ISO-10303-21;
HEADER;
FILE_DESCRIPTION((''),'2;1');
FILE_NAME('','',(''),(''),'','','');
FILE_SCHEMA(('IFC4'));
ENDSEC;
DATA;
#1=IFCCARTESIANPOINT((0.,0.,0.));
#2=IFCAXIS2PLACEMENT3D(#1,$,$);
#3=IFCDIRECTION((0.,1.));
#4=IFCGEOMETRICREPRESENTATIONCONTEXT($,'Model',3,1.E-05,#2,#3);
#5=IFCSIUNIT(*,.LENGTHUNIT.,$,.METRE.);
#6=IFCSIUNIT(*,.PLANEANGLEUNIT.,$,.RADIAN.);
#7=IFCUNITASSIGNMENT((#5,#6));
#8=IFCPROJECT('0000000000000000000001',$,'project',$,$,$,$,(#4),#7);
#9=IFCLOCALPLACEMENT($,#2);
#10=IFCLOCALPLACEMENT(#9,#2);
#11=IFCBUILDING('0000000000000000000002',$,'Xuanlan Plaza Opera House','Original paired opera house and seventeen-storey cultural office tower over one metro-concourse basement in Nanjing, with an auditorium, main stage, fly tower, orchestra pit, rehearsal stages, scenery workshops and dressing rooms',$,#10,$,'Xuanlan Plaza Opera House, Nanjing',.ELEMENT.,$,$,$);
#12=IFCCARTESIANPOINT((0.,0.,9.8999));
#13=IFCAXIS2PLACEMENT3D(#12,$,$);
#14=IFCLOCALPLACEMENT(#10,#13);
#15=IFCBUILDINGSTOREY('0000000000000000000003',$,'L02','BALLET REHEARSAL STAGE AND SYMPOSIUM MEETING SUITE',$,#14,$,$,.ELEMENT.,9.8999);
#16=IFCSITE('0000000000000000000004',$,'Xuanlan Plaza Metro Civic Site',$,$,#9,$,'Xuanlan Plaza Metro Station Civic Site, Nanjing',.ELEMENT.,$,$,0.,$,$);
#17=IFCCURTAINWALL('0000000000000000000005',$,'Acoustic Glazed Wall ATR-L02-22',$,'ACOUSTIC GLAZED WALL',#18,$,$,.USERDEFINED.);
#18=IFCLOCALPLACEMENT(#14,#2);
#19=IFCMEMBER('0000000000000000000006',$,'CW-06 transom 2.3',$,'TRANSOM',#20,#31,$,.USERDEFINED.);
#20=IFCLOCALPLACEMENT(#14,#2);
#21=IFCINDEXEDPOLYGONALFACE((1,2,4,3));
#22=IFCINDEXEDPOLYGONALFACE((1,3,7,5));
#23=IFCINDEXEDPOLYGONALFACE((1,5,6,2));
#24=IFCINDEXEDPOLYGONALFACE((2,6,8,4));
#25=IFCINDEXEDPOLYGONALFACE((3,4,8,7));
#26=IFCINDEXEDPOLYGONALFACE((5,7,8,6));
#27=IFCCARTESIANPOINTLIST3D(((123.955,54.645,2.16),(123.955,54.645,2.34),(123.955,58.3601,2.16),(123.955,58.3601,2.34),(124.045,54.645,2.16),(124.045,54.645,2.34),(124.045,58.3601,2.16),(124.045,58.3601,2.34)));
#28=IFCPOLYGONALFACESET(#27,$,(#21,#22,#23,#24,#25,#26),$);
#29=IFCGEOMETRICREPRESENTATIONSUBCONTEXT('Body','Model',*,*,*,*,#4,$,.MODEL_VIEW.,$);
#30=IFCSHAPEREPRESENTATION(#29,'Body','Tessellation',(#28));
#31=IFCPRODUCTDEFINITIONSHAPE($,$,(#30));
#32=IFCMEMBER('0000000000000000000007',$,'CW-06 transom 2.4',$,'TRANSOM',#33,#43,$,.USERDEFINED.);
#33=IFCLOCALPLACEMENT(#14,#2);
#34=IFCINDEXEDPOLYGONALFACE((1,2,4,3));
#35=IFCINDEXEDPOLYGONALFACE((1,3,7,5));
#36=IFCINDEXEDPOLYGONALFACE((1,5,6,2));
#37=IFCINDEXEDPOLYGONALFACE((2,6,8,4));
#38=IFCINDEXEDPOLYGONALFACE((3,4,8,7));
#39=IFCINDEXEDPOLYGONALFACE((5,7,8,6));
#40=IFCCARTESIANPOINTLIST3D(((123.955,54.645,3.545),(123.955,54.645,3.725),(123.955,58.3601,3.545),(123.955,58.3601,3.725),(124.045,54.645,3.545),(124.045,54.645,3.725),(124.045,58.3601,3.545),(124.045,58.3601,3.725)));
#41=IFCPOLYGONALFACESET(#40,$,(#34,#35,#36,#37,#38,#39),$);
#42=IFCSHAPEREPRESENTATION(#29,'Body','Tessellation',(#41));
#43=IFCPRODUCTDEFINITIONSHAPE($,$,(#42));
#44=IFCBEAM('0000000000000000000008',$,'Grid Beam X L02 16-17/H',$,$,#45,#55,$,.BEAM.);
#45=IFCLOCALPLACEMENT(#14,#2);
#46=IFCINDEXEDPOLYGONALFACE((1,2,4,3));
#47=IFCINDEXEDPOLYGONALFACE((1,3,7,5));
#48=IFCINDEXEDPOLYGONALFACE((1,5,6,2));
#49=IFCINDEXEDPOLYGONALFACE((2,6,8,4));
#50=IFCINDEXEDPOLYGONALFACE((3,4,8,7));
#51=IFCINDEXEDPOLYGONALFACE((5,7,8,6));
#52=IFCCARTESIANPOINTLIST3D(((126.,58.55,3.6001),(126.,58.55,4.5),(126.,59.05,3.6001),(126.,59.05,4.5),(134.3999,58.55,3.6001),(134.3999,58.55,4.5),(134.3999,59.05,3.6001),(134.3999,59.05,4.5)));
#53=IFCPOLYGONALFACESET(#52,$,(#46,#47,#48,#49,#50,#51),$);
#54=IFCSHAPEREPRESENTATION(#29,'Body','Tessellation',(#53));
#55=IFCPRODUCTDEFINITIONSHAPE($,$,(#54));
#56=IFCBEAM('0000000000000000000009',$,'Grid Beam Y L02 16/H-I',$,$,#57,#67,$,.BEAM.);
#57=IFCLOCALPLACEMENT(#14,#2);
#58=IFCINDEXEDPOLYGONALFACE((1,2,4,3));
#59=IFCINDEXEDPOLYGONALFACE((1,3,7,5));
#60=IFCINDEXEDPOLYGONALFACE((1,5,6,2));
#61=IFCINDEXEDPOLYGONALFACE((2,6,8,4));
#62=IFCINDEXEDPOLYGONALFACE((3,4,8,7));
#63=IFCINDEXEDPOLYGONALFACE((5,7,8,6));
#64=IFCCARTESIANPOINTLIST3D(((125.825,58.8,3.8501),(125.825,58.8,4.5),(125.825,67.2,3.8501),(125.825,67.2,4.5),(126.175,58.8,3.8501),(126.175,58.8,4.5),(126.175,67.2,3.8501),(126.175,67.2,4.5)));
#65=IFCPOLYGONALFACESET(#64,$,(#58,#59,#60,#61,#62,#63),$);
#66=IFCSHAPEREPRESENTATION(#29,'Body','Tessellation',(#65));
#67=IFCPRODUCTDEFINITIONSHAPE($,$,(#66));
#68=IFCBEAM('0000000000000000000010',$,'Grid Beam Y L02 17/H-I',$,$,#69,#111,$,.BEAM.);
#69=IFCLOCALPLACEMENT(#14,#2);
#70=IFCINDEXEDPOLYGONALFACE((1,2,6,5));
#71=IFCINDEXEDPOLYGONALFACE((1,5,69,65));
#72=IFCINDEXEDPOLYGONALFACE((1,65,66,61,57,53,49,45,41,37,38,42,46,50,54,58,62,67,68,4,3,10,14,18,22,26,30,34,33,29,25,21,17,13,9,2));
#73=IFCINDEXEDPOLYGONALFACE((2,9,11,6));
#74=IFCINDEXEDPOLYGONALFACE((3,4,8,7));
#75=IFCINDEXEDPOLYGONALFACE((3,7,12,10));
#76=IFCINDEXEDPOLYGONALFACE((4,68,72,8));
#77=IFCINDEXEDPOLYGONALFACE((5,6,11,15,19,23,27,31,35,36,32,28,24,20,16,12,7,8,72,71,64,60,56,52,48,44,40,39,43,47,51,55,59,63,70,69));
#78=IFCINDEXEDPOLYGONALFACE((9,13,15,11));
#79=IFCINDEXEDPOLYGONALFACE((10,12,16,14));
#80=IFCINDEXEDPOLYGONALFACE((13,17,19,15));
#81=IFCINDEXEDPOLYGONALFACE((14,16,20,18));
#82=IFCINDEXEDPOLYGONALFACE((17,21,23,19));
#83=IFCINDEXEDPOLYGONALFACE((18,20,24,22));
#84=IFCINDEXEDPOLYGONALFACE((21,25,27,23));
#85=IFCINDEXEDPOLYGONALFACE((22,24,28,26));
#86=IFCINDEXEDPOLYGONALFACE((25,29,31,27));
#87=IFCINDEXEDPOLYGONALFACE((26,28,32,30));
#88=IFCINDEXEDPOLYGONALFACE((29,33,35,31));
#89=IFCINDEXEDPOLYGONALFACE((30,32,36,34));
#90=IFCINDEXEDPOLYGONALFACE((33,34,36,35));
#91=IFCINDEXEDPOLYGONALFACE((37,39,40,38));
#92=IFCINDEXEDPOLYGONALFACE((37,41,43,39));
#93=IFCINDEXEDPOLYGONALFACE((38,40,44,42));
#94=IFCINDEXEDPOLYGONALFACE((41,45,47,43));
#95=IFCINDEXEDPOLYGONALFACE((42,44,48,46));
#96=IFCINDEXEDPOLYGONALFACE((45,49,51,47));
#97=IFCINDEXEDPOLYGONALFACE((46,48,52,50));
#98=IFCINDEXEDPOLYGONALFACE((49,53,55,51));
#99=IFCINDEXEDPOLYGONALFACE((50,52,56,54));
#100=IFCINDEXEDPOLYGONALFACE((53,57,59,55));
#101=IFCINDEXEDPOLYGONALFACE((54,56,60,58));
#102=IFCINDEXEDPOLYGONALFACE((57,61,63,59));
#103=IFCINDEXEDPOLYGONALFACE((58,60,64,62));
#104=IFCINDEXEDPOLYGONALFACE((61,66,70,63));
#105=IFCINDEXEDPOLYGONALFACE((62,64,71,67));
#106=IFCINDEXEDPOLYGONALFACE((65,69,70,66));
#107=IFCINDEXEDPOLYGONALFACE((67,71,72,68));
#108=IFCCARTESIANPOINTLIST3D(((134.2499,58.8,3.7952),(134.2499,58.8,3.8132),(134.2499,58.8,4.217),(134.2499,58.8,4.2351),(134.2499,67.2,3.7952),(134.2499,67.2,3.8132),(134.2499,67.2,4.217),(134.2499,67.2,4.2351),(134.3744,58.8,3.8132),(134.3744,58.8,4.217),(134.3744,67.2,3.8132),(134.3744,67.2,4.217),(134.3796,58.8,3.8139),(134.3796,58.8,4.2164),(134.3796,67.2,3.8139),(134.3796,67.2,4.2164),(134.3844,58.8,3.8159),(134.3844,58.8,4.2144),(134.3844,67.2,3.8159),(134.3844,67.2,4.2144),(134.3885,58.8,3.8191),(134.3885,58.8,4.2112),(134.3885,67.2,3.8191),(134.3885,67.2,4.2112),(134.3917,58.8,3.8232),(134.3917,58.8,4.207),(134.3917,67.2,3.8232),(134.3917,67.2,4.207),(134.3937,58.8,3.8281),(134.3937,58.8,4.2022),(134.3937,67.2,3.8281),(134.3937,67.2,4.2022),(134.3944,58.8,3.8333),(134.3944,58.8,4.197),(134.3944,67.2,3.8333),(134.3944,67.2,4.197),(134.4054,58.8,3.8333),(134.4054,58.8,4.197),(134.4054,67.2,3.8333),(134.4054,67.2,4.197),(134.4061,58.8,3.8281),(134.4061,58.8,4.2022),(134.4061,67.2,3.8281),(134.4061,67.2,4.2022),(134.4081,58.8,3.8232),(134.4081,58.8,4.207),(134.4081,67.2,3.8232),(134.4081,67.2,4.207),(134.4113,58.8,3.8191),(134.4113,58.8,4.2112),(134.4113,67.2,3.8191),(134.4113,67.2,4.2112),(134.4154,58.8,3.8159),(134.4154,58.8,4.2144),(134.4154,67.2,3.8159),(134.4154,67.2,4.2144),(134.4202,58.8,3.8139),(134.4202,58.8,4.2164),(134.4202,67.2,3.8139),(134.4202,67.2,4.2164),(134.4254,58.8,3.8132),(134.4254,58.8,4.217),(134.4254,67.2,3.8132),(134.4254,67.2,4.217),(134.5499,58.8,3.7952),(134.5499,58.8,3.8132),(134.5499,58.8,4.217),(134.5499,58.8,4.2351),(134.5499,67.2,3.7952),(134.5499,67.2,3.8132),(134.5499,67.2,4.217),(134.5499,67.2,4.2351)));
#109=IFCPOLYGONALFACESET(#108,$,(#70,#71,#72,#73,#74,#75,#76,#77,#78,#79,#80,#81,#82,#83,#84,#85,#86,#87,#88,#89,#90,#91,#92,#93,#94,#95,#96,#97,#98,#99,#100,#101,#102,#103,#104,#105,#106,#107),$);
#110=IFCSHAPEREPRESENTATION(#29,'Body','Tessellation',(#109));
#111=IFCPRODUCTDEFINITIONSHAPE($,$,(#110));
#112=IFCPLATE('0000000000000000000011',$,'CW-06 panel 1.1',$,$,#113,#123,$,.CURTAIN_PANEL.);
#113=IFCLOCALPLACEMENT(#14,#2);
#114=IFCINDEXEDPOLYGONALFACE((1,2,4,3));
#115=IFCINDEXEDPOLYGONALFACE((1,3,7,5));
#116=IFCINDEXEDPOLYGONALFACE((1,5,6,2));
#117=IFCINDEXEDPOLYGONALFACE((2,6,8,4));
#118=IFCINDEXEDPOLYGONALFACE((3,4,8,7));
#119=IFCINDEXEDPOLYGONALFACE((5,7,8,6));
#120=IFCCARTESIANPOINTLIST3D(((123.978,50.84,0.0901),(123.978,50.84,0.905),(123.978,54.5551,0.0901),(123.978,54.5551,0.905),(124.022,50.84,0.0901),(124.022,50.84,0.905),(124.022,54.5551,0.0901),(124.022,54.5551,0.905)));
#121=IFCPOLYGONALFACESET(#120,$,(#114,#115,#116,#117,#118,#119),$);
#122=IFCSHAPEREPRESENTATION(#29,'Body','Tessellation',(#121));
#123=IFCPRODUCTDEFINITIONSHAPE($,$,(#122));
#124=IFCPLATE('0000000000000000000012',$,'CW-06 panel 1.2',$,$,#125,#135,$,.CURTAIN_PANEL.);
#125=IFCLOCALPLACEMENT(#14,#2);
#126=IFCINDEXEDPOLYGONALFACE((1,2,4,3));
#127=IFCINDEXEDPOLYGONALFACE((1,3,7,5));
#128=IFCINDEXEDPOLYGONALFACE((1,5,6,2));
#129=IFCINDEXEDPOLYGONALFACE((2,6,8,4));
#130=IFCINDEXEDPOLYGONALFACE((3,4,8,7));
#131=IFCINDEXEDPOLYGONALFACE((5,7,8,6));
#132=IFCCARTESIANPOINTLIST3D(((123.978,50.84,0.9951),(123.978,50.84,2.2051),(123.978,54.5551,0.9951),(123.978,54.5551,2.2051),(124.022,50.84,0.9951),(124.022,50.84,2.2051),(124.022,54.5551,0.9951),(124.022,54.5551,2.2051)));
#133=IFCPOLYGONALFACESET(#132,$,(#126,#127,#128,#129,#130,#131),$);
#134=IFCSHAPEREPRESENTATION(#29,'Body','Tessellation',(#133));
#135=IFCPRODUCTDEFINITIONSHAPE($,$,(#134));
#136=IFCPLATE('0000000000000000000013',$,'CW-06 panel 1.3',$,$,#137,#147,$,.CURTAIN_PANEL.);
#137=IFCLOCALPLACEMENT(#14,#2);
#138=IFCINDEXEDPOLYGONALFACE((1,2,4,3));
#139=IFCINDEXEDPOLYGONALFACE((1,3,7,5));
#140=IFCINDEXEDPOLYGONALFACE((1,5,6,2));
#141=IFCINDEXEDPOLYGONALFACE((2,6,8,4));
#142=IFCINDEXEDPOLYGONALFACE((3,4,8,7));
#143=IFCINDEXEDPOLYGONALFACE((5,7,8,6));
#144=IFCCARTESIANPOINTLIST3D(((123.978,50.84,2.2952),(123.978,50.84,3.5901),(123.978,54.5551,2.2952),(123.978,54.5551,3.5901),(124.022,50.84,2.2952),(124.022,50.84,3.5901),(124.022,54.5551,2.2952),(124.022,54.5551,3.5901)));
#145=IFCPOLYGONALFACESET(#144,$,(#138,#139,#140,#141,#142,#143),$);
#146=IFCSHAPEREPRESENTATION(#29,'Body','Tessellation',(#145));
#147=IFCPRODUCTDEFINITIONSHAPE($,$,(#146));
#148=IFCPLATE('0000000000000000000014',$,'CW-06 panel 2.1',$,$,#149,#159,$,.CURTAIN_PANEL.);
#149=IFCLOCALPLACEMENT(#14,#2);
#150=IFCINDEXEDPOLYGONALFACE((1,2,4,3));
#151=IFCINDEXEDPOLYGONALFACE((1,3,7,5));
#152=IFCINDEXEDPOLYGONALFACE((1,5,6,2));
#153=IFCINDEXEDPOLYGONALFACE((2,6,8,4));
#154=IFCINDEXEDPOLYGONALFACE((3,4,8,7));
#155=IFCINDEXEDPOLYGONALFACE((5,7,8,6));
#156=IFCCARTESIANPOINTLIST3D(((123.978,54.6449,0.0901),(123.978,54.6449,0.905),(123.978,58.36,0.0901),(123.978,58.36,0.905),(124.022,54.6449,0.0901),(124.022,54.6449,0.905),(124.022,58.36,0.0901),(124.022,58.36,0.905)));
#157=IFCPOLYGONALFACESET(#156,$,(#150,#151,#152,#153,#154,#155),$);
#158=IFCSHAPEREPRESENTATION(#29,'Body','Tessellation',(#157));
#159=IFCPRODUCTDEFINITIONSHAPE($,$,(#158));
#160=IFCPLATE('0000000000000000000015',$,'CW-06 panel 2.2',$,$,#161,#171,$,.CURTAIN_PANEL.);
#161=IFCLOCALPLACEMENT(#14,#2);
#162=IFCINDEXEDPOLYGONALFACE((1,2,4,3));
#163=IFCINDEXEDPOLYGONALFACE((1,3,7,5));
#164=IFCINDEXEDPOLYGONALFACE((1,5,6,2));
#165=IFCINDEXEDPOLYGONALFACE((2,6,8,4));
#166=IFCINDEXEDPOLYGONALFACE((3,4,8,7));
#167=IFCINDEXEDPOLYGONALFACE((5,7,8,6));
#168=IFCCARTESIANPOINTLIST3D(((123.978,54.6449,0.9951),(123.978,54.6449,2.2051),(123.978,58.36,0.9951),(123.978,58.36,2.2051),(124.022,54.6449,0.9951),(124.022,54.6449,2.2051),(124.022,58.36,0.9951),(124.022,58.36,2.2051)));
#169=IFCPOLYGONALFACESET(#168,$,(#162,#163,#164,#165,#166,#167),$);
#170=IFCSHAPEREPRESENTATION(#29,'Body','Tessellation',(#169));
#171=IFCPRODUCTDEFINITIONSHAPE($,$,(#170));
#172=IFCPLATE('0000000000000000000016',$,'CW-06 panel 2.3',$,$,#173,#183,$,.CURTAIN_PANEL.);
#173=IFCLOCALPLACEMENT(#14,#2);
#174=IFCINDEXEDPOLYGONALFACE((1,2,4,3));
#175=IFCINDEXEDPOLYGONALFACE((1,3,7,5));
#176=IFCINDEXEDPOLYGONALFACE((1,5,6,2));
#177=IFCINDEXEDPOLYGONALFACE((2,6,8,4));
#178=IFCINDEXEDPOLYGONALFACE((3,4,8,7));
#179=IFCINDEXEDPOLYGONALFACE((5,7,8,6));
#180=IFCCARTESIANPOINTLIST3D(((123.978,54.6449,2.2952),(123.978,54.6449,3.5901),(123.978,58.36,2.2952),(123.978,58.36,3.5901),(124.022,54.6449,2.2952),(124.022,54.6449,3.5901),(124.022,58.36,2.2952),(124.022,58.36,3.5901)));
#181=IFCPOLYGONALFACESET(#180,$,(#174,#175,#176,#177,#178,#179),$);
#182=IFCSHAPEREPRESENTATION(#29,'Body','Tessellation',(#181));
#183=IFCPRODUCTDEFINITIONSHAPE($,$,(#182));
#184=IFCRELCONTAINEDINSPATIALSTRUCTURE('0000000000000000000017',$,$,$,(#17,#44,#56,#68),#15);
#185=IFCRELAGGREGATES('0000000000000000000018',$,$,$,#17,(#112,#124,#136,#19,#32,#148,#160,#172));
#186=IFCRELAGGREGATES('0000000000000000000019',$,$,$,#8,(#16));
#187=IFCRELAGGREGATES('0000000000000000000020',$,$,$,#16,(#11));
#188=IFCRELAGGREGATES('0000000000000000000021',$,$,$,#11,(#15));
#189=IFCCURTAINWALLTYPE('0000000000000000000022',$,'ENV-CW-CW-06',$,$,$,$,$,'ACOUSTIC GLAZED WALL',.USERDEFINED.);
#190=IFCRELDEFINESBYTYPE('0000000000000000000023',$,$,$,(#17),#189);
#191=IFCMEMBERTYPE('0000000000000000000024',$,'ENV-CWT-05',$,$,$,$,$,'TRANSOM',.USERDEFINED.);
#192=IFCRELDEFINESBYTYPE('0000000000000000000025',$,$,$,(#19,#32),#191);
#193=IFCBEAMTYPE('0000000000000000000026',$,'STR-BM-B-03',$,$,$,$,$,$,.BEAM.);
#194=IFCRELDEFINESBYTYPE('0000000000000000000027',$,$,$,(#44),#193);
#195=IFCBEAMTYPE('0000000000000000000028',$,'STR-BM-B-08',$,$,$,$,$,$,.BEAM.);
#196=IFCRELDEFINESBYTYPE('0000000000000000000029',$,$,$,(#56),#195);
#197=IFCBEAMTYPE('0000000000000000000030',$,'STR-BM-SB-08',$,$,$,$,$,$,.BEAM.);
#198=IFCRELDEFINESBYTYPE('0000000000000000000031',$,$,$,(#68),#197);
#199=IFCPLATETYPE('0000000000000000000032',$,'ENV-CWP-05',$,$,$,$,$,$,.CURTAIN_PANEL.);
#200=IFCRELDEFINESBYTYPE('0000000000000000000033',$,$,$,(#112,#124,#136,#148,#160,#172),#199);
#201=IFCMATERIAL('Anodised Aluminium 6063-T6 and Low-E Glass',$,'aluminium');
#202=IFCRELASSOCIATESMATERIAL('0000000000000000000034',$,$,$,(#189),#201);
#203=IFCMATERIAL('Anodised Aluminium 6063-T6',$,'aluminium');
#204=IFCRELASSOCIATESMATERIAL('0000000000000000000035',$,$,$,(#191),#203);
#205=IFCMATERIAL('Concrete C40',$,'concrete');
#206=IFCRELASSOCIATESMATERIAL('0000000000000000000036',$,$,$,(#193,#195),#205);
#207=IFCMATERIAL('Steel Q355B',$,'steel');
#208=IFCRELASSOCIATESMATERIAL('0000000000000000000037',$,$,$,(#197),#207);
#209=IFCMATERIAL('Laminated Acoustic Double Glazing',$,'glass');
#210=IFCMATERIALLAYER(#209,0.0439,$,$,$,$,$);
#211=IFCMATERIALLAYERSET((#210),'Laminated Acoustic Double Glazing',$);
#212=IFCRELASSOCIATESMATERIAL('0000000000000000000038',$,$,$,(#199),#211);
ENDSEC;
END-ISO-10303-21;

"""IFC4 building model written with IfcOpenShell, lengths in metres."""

from ifc_helpers import new_model, si_unit, direction, frame, origin, origin_2d, place, context, subcontext, project, spatial, rectangle, i_section, extrude, material, layer, layer_set, material_profile, profile_set, type_object, element, aggregate, save


model = new_model("IFC4")

# Units and contexts
model_context = context("Model", 3, precision=1e-05, world=origin(), true_north=direction((0.0, 1.0)))
body_context = subcontext(model_context, "Body", "Model", "MODEL_VIEW")
ifc_project = project(units=[si_unit("LENGTHUNIT", "METRE"), si_unit("PLANEANGLEUNIT", "RADIAN")], contexts=[model_context])

# Site, building, storey
site_placement = place(None, origin())
site = spatial("IfcSite", under=ifc_project, at=site_placement, Name="Xuanlan Plaza Metro Civic Site", LongName="Xuanlan Plaza Metro Station Civic Site, Nanjing", CompositionType="ELEMENT", RefElevation=0.0)
building_placement = place(site_placement, origin())
building = spatial("IfcBuilding", under=site, at=building_placement, Name="Xuanlan Plaza Opera House", Description="Original paired opera house and seventeen-storey cultural office tower over one metro-concourse basement in Nanjing, with an auditorium, main stage, fly tower, orchestra pit, rehearsal stages, scenery workshops and dressing rooms", LongName="Xuanlan Plaza Opera House, Nanjing", CompositionType="ELEMENT")
storey_placement = place(building_placement, frame((0.0, 0.0, 9.8999)))
storey = spatial("IfcBuildingStorey", under=building, at=storey_placement, Name="L02", Description="BALLET REHEARSAL STAGE AND SYMPOSIUM MEETING SUITE", CompositionType="ELEMENT", Elevation=9.8999)

# Curtain wall, members
ifc_material_1 = material(Name="Anodised Aluminium 6063-T6 and Low-E Glass", Category="aluminium")
curtain_wall_type = type_object("IfcCurtainWallType", Name="ENV-CW-CW-06", ElementType="ACOUSTIC GLAZED WALL", PredefinedType="USERDEFINED", material=ifc_material_1)
curtain_wall_placement = place(storey_placement, origin())
curtain_wall = element("IfcCurtainWall", 1, at=curtain_wall_placement, inside=storey, type_object=curtain_wall_type, Name="Acoustic Glazed Wall ATR-L02-22", ObjectType="ACOUSTIC GLAZED WALL", PredefinedType="USERDEFINED")
ifc_material_2 = material(Name="Anodised Aluminium 6063-T6", Category="aluminium")
ifc_material_profile_1 = material_profile(ifc_material_2, rectangle(XDim=0.0901, YDim=0.1799, at=origin_2d()), Name="ALU-T 90x180")
ifc_profile_set_1 = profile_set([ifc_material_profile_1], Name="Anodised Aluminium 6063-T6")
member_type_1 = type_object("IfcMemberType", Name="ENV-CWT-05", ElementType="TRANSOM", PredefinedType="USERDEFINED", material=ifc_profile_set_1)
member_1_placement = place(storey_placement, frame((124.0, 54.645, 2.25), z_axis=(0.0, 1.0, 0.0), x_axis=(-1.0, 0.0, 0.0)))
member_1 = element("IfcMember", 2, at=member_1_placement, type_object=member_type_1, Name="CW-06 transom 2.3", ObjectType="TRANSOM", PredefinedType="USERDEFINED", context=body_context, shape_type="SweptSolid", body=[
    extrude(rectangle(XDim=0.0901, YDim=0.1799, at=origin_2d()), origin(), (0.0, 0.0, 1.0), 3.7151),
])
member_2_placement = place(storey_placement, frame((124.0, 54.645, 3.635), z_axis=(0.0, 1.0, 0.0), x_axis=(-1.0, 0.0, 0.0)))
member_2 = element("IfcMember", 3, at=member_2_placement, type_object=member_type_1, Name="CW-06 transom 2.4", ObjectType="TRANSOM", PredefinedType="USERDEFINED", context=body_context, shape_type="SweptSolid", body=[
    extrude(rectangle(XDim=0.0901, YDim=0.1799, at=origin_2d()), origin(), (0.0, 0.0, 1.0), 3.7151),
])

# Beams
ifc_material_3 = material(Name="Concrete C40", Category="concrete")
ifc_material_profile_2 = material_profile(ifc_material_3, rectangle(XDim=0.5, YDim=0.8999, at=origin_2d()), Name="RC-BM 500x900")
ifc_profile_set_2 = profile_set([ifc_material_profile_2], Name="Concrete C40")
beam_type_1 = type_object("IfcBeamType", Name="STR-BM-B-03", PredefinedType="BEAM", material=ifc_profile_set_2)
beam_1_placement = place(storey_placement, frame((126.0, 58.8, 4.05), z_axis=(1.0, 0.0, 0.0), x_axis=(0.0, 1.0, 0.0)))
element("IfcBeam", 4, at=beam_1_placement, inside=storey, type_object=beam_type_1, Name="Grid Beam X L02 16-17/H", PredefinedType="BEAM", context=body_context, shape_type="SweptSolid", body=[
    extrude(rectangle(XDim=0.5, YDim=0.8999, at=origin_2d()), origin(), (0.0, 0.0, 1.0), 8.3999),
])
ifc_material_profile_3 = material_profile(ifc_material_3, rectangle(XDim=0.3501, YDim=0.6499, at=origin_2d()), Name="RC-BM 350x650")
ifc_profile_set_3 = profile_set([ifc_material_profile_3], Name="Concrete C40")
beam_type_2 = type_object("IfcBeamType", Name="STR-BM-B-08", PredefinedType="BEAM", material=ifc_profile_set_3)
beam_2_placement = place(storey_placement, frame((126.0, 58.8, 4.175), z_axis=(0.0, 1.0, 0.0), x_axis=(-1.0, 0.0, 0.0)))
element("IfcBeam", 5, at=beam_2_placement, inside=storey, type_object=beam_type_2, Name="Grid Beam Y L02 16/H-I", PredefinedType="BEAM", context=body_context, shape_type="SweptSolid", body=[
    extrude(rectangle(XDim=0.3501, YDim=0.6499, at=origin_2d()), origin(), (0.0, 0.0, 1.0), 8.3999),
])
ifc_material_4 = material(Name="Steel Q355B", Category="steel")
ifc_material_profile_4 = material_profile(ifc_material_4, i_section(OverallWidth=0.3, OverallDepth=0.4399, WebThickness=0.011, FlangeThickness=0.0181, FilletRadius=0.02, at=origin_2d()), Name="HM 440x300x11x18")
ifc_profile_set_4 = profile_set([ifc_material_profile_4], Name="Steel Q355B")
beam_type_3 = type_object("IfcBeamType", Name="STR-BM-SB-08", PredefinedType="BEAM", material=ifc_profile_set_4)
beam_3_placement = place(storey_placement, frame((134.3999, 58.8, 4.0151), z_axis=(0.0, 1.0, 0.0), x_axis=(-1.0, 0.0, 0.0)))
element("IfcBeam", 6, at=beam_3_placement, inside=storey, type_object=beam_type_3, Name="Grid Beam Y L02 17/H-I", PredefinedType="BEAM", context=body_context, shape_type="SweptSolid", body=[
    extrude(i_section(OverallWidth=0.3, OverallDepth=0.4399, WebThickness=0.011, FlangeThickness=0.0181, FilletRadius=0.02, at=origin_2d()), origin(), (0.0, 0.0, 1.0), 8.3999),
])

# Plates
ifc_material_5 = material(Name="Laminated Acoustic Double Glazing", Category="glass")
ifc_layer_1 = layer(ifc_material_5, 0.0439)
ifc_layer_set_1 = layer_set([ifc_layer_1], Name="Laminated Acoustic Double Glazing")
plate_type = type_object("IfcPlateType", Name="ENV-CWP-05", PredefinedType="CURTAIN_PANEL", material=ifc_layer_set_1)
plate_1_placement = place(storey_placement, frame((124.0, 52.6975, 0.0901), z_axis=(0.0, 0.0, 1.0), x_axis=(0.0, 1.0, 0.0)))
plate_1 = element("IfcPlate", 7, at=plate_1_placement, type_object=plate_type, Name="CW-06 panel 1.1", PredefinedType="CURTAIN_PANEL", context=body_context, shape_type="SweptSolid", body=[
    extrude(rectangle(XDim=3.7151, YDim=0.0439, at=origin_2d()), origin(), (0.0, 0.0, 1.0), 0.8149),
])
plate_2_placement = place(storey_placement, frame((124.0, 52.6975, 0.9951), z_axis=(0.0, 0.0, 1.0), x_axis=(0.0, 1.0, 0.0)))
plate_2 = element("IfcPlate", 8, at=plate_2_placement, type_object=plate_type, Name="CW-06 panel 1.2", PredefinedType="CURTAIN_PANEL", context=body_context, shape_type="SweptSolid", body=[
    extrude(rectangle(XDim=3.7151, YDim=0.0439, at=origin_2d()), origin(), (0.0, 0.0, 1.0), 1.21),
])
plate_3_placement = place(storey_placement, frame((124.0, 52.6975, 2.2952), z_axis=(0.0, 0.0, 1.0), x_axis=(0.0, 1.0, 0.0)))
plate_3 = element("IfcPlate", 9, at=plate_3_placement, type_object=plate_type, Name="CW-06 panel 1.3", PredefinedType="CURTAIN_PANEL", context=body_context, shape_type="SweptSolid", body=[
    extrude(rectangle(XDim=3.7151, YDim=0.0439, at=origin_2d()), origin(), (0.0, 0.0, 1.0), 1.2949),
])
plate_4_placement = place(storey_placement, frame((124.0, 56.5024, 0.0901), z_axis=(0.0, 0.0, 1.0), x_axis=(0.0, 1.0, 0.0)))
plate_4 = element("IfcPlate", 10, at=plate_4_placement, type_object=plate_type, Name="CW-06 panel 2.1", PredefinedType="CURTAIN_PANEL", context=body_context, shape_type="SweptSolid", body=[
    extrude(rectangle(XDim=3.7151, YDim=0.0439, at=origin_2d()), origin(), (0.0, 0.0, 1.0), 0.8149),
])
plate_5_placement = place(storey_placement, frame((124.0, 56.5024, 0.9951), z_axis=(0.0, 0.0, 1.0), x_axis=(0.0, 1.0, 0.0)))
plate_5 = element("IfcPlate", 11, at=plate_5_placement, type_object=plate_type, Name="CW-06 panel 2.2", PredefinedType="CURTAIN_PANEL", context=body_context, shape_type="SweptSolid", body=[
    extrude(rectangle(XDim=3.7151, YDim=0.0439, at=origin_2d()), origin(), (0.0, 0.0, 1.0), 1.21),
])
plate_6_placement = place(storey_placement, frame((124.0, 56.5024, 2.2952), z_axis=(0.0, 0.0, 1.0), x_axis=(0.0, 1.0, 0.0)))
plate_6 = element("IfcPlate", 12, at=plate_6_placement, type_object=plate_type, Name="CW-06 panel 2.3", PredefinedType="CURTAIN_PANEL", context=body_context, shape_type="SweptSolid", body=[
    extrude(rectangle(XDim=3.7151, YDim=0.0439, at=origin_2d()), origin(), (0.0, 0.0, 1.0), 1.2949),
])
aggregate(curtain_wall, [plate_1, plate_2, plate_3, member_1, member_2, plate_4, plate_5, plate_6])

save(model, "model.ifc")
